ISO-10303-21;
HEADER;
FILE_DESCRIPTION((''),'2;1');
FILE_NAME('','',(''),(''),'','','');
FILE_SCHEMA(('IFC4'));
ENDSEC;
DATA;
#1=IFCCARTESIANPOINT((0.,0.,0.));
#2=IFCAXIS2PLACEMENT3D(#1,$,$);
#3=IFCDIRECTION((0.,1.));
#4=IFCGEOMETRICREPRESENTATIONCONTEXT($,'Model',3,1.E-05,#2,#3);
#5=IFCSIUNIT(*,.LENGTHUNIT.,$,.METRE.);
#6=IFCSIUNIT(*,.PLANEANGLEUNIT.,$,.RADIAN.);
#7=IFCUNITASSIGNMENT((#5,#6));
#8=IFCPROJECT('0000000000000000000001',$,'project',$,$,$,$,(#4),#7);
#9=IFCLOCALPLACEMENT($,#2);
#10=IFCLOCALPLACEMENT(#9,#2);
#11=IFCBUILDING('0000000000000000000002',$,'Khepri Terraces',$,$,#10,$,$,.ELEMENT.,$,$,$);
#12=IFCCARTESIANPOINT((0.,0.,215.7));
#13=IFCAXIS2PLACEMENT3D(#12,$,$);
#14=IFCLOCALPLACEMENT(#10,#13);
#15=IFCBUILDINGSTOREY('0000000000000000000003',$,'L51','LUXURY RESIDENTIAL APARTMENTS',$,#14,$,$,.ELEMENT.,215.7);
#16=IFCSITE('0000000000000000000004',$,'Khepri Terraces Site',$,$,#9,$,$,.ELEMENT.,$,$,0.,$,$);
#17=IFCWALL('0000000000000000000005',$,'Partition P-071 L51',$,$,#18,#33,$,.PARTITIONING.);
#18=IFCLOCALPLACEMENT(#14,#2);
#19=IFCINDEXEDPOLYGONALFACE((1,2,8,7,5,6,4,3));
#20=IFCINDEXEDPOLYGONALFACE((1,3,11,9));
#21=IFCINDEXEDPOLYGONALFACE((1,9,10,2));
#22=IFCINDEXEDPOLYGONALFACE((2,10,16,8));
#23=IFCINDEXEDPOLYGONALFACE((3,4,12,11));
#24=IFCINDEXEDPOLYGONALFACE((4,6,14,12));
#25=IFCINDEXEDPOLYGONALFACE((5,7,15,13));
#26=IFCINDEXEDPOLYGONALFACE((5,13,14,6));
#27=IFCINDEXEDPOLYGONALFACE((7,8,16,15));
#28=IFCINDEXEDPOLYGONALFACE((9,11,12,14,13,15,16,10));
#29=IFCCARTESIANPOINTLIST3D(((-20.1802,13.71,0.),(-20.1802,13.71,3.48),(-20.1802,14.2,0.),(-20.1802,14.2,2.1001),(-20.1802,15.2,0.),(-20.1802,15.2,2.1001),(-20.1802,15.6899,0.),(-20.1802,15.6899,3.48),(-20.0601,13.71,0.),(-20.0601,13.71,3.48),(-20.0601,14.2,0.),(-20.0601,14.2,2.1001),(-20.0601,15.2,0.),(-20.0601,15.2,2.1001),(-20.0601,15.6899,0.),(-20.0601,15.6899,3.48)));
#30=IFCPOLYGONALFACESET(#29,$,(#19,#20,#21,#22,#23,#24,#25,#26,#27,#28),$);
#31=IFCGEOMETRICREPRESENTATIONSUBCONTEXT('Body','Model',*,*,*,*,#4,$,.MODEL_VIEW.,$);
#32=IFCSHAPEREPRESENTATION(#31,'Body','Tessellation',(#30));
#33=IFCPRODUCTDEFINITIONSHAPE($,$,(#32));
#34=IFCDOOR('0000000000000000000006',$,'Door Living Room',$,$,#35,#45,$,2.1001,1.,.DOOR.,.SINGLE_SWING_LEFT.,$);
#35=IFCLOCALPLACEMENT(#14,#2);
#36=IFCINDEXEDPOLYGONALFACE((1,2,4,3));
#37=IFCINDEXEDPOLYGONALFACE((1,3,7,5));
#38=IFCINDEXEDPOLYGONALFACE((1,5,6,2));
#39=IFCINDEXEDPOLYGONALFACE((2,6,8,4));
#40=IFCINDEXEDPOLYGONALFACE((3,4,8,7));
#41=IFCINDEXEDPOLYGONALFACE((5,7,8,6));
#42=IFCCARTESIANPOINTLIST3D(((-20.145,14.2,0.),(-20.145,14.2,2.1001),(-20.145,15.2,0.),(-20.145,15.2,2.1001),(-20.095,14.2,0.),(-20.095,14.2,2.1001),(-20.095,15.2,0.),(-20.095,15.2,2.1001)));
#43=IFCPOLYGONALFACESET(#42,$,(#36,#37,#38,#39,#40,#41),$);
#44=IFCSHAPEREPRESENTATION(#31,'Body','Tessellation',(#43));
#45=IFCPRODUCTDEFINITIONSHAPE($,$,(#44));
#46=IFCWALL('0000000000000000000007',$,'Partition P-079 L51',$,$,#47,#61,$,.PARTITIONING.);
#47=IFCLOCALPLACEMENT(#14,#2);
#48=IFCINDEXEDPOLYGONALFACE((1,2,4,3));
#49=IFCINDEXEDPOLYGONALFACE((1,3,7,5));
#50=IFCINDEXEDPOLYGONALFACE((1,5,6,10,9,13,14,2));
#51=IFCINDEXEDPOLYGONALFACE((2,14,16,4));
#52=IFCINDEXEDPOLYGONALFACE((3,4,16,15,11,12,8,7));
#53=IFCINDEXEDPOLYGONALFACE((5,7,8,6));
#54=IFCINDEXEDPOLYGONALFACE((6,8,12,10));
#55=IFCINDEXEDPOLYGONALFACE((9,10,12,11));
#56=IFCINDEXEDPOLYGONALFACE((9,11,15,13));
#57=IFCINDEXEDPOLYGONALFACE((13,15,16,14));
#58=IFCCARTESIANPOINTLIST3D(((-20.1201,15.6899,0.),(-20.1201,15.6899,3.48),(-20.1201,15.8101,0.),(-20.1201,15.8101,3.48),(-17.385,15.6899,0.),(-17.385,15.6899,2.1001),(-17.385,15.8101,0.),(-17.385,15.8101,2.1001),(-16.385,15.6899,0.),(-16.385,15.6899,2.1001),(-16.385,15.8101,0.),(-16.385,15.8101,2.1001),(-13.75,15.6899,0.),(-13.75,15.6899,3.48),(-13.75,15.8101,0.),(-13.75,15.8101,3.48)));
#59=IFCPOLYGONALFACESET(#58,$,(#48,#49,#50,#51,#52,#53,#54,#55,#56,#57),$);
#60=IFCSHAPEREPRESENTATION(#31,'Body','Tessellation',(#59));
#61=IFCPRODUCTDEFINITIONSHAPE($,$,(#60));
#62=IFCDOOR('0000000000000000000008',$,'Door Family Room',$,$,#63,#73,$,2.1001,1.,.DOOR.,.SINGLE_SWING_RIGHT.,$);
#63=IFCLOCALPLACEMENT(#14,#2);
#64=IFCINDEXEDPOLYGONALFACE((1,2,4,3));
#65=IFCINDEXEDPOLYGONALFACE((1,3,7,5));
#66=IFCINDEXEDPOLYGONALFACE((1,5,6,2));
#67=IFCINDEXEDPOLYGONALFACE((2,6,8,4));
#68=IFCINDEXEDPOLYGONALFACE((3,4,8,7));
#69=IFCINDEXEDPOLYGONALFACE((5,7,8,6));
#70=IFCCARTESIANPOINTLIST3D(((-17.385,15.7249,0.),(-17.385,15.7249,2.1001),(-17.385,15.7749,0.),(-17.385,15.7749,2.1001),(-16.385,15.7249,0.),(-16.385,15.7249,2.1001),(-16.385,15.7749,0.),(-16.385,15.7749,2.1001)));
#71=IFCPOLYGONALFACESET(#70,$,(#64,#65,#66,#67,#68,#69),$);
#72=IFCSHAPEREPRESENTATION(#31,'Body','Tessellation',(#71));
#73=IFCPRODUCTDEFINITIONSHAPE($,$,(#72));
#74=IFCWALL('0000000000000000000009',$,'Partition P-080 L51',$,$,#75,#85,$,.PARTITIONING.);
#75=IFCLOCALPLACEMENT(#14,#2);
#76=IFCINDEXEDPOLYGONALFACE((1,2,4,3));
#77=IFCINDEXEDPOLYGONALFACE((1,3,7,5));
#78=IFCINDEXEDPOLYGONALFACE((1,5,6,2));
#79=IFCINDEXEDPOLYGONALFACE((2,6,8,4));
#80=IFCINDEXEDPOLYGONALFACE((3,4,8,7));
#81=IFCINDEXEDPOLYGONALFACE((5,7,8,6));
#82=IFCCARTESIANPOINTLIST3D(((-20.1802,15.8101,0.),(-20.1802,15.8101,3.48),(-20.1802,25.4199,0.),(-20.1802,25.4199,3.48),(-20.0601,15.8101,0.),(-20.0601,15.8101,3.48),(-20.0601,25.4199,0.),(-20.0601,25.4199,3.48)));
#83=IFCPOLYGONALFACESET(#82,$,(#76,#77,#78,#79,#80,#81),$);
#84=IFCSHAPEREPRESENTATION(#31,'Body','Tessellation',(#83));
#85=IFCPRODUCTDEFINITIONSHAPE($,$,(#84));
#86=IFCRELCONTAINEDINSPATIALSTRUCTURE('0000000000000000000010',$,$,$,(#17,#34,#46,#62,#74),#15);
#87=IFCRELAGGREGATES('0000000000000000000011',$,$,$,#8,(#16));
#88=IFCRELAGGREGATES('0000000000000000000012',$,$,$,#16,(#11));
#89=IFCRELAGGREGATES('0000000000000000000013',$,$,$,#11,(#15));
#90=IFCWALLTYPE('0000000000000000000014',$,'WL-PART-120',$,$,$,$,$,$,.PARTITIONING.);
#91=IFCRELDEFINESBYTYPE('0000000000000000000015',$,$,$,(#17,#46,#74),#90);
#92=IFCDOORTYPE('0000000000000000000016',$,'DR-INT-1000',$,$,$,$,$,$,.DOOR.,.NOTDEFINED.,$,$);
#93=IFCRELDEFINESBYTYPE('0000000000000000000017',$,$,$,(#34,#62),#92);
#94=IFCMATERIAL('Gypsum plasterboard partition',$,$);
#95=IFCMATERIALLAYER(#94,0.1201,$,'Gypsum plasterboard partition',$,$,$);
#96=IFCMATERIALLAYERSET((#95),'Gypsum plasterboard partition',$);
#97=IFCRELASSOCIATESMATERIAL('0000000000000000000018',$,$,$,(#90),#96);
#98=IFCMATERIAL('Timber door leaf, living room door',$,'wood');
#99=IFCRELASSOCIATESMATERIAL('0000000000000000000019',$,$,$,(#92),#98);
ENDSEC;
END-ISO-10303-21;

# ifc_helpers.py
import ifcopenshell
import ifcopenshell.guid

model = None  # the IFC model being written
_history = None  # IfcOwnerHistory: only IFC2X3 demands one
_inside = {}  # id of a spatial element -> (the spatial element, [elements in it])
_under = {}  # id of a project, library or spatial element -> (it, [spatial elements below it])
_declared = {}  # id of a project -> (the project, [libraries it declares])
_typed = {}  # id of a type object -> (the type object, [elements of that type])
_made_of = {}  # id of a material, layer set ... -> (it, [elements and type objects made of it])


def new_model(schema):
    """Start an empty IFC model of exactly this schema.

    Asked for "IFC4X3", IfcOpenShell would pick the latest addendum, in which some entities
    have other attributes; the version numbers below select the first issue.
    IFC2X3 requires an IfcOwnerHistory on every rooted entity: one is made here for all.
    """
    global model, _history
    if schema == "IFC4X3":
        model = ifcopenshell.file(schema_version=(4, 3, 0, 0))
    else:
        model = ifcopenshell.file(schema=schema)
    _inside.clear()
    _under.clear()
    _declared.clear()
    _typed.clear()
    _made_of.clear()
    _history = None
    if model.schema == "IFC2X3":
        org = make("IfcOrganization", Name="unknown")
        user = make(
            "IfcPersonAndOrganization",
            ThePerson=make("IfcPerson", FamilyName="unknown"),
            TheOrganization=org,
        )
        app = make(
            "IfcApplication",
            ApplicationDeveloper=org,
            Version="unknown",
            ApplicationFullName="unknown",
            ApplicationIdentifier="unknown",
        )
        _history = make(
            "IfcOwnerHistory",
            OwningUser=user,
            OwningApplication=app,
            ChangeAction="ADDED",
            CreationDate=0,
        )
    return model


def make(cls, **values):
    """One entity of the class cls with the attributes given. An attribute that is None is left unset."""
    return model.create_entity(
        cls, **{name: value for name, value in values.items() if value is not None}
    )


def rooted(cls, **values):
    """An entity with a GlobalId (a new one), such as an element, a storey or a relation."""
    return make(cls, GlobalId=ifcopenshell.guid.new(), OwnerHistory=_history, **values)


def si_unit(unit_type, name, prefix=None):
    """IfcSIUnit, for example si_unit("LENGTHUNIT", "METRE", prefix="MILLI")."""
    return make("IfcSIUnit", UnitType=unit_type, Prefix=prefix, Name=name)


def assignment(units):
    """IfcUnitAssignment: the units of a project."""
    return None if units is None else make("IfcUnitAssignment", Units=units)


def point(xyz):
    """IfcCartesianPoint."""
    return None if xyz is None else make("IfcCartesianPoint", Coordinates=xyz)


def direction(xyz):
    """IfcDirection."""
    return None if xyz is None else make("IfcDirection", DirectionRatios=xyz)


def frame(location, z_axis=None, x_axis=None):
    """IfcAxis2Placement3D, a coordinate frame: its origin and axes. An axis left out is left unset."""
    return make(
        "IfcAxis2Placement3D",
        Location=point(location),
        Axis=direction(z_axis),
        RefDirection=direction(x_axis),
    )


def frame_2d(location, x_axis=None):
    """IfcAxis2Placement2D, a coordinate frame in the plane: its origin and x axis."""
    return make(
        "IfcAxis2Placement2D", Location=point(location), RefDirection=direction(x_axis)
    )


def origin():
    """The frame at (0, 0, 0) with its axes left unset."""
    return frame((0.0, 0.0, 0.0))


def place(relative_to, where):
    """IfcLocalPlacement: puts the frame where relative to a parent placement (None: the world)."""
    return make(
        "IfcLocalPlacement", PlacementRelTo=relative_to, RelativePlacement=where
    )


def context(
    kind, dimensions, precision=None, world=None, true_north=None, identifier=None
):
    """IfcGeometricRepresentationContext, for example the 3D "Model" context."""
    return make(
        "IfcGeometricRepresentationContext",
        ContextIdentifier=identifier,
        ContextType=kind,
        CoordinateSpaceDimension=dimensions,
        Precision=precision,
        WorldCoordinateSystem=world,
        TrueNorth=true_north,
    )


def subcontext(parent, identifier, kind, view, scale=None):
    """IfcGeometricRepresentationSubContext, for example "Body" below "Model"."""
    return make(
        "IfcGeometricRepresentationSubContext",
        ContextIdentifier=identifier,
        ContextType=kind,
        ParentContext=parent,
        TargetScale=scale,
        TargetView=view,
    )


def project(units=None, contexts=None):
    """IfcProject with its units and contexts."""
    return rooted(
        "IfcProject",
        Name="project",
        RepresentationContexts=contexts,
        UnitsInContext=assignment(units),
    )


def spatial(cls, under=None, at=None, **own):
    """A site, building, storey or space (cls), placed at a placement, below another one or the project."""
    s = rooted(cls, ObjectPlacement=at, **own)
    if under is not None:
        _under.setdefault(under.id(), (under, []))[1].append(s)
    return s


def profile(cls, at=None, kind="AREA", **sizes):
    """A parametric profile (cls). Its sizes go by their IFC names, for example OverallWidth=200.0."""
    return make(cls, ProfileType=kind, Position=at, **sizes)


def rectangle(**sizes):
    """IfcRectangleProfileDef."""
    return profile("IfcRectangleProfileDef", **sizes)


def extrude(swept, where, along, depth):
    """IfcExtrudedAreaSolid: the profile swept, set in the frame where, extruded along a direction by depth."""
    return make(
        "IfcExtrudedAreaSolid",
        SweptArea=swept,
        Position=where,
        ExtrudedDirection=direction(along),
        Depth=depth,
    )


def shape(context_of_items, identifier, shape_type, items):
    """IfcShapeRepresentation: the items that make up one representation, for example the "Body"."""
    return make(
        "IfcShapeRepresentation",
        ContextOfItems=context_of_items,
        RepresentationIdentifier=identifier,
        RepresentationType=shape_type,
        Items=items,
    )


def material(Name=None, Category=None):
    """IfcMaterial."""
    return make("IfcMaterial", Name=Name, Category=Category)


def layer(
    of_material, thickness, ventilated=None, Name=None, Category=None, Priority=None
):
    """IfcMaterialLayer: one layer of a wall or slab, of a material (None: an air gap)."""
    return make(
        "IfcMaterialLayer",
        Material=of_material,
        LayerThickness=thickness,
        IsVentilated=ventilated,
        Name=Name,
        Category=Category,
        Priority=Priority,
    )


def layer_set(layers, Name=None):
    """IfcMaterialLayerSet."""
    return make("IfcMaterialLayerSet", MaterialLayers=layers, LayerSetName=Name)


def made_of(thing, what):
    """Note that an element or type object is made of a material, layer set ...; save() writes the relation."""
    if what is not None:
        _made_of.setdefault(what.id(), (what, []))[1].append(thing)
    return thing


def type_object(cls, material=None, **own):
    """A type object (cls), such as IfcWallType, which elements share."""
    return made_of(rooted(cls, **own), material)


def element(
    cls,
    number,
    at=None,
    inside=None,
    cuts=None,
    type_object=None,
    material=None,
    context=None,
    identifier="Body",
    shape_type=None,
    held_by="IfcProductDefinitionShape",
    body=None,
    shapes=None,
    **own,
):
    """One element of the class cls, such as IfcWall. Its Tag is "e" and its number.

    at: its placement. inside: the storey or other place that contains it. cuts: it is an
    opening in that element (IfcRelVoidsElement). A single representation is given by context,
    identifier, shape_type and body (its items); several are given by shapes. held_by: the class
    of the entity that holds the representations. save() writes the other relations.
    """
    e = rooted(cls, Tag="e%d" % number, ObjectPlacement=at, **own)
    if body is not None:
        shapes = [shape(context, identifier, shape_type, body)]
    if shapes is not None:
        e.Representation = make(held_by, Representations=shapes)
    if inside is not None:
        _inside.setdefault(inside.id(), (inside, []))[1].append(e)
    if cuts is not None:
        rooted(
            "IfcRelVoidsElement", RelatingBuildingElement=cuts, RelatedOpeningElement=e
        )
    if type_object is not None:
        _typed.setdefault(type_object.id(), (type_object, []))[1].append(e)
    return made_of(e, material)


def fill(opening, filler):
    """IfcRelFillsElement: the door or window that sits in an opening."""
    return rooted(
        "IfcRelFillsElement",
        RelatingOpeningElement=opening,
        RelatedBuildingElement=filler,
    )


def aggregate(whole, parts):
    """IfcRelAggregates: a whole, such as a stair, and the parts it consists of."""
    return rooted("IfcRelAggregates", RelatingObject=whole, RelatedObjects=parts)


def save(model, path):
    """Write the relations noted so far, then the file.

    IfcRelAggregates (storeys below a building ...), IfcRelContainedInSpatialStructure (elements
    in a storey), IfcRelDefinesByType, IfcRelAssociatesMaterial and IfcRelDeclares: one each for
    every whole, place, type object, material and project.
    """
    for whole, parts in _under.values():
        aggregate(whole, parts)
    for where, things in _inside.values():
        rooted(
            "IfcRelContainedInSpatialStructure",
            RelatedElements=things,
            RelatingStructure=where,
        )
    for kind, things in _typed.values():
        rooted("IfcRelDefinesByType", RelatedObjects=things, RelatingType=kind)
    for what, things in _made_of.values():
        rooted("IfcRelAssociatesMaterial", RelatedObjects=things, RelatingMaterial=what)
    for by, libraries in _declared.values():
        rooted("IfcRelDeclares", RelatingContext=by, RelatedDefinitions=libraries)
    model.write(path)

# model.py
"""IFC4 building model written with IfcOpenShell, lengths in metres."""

from ifc_helpers import new_model, si_unit, direction, frame, frame_2d, origin, place, context, subcontext, project, spatial, rectangle, extrude, material, layer, layer_set, type_object, element, fill, save


model = new_model("IFC4")

# Units and contexts
model_context = context("Model", 3, precision=1e-05, world=origin(), true_north=direction((0.0, 1.0)))
body_context = subcontext(model_context, "Body", "Model", "MODEL_VIEW")
ifc_project = project(units=[si_unit("LENGTHUNIT", "METRE"), si_unit("PLANEANGLEUNIT", "RADIAN")], contexts=[model_context])

# Site, building, storey
site_placement = place(None, origin())
site = spatial("IfcSite", under=ifc_project, at=site_placement, Name="Khepri Terraces Site", CompositionType="ELEMENT", RefElevation=0.0)
building_placement = place(site_placement, origin())
building = spatial("IfcBuilding", under=site, at=building_placement, Name="Khepri Terraces", CompositionType="ELEMENT")
storey_placement = place(building_placement, frame((0.0, 0.0, 215.7)))
storey = spatial("IfcBuildingStorey", under=building, at=storey_placement, Name="L51", Description="LUXURY RESIDENTIAL APARTMENTS", CompositionType="ELEMENT", Elevation=215.7)

# Shared definitions
ifc_material_1 = material(Name="Gypsum plasterboard partition")
ifc_layer_1 = layer(ifc_material_1, 0.1201, Name="Gypsum plasterboard partition")
ifc_layer_set_1 = layer_set([ifc_layer_1], Name="Gypsum plasterboard partition")
wall_type_1 = type_object("IfcWallType", Name="WL-PART-120", PredefinedType="PARTITIONING", material=ifc_layer_set_1)

# Walls, openings, doors
wall_1_placement = place(storey_placement, frame((-20.1201, 13.71, 0.0), z_axis=(0.0, 0.0, 1.0), x_axis=(0.0, 1.0, 0.0)))
wall_1 = element("IfcWall", 1, at=wall_1_placement, inside=storey, type_object=wall_type_1, Name="Partition P-071 L51", PredefinedType="PARTITIONING", context=body_context, shape_type="SweptSolid", body=[
    extrude(rectangle(XDim=1.98, YDim=0.1201, at=frame_2d((0.99, 0.0))), origin(), (0.0, 0.0, 1.0), 3.48),
])
opening_1_placement = place(wall_1_placement, frame((0.49, 0.0, 0.0)))
opening_1 = element("IfcOpeningElement", 2, at=opening_1_placement, cuts=wall_1, PredefinedType="OPENING", context=body_context, shape_type="SweptSolid", body=[
    extrude(rectangle(XDim=1.0, YDim=2.1001, at=frame_2d((0.5, 1.05))), frame((0.0, 0.0701, 0.0), z_axis=(0.0, -1.0, 0.0), x_axis=(1.0, 0.0, 0.0)), (0.0, 0.0, 1.0), 0.1401),
])
ifc_material_2 = material(Name="Timber door leaf, living room door", Category="wood")
door_type_1 = type_object("IfcDoorType", Name="DR-INT-1000", OperationType="NOTDEFINED", PredefinedType="DOOR", material=ifc_material_2)
door_1_placement = place(opening_1_placement, origin())
door_1 = element("IfcDoor", 3, at=door_1_placement, inside=storey, type_object=door_type_1, Name="Door Living Room", OperationType="SINGLE_SWING_LEFT", OverallHeight=2.1001, OverallWidth=1.0, PredefinedType="DOOR", context=body_context, shape_type="SweptSolid", body=[
    extrude(rectangle(XDim=1.0, YDim=2.1001, at=frame_2d((0.5, 1.05))), frame((0.0, 0.0249, 0.0), z_axis=(0.0, -1.0, 0.0), x_axis=(1.0, 0.0, 0.0)), (0.0, 0.0, 1.0), 0.05),
])
fill(opening_1, door_1)
wall_2_placement = place(storey_placement, frame((-20.1201, 15.75, 0.0), z_axis=(0.0, 0.0, 1.0), x_axis=(1.0, 0.0, 0.0)))
wall_2 = element("IfcWall", 4, at=wall_2_placement, inside=storey, type_object=wall_type_1, Name="Partition P-079 L51", PredefinedType="PARTITIONING", context=body_context, shape_type="SweptSolid", body=[
    extrude(rectangle(XDim=6.3701, YDim=0.1201, at=frame_2d((3.1851, 0.0))), origin(), (0.0, 0.0, 1.0), 3.48),
])
opening_2_placement = place(wall_2_placement, frame((2.7351, 0.0, 0.0)))
opening_2 = element("IfcOpeningElement", 5, at=opening_2_placement, cuts=wall_2, PredefinedType="OPENING", context=body_context, shape_type="SweptSolid", body=[
    extrude(rectangle(XDim=1.0, YDim=2.1001, at=frame_2d((0.5, 1.05))), frame((0.0, 0.0701, 0.0), z_axis=(0.0, -1.0, 0.0), x_axis=(1.0, 0.0, 0.0)), (0.0, 0.0, 1.0), 0.1401),
])
door_2_placement = place(opening_2_placement, origin())
door_2 = element("IfcDoor", 6, at=door_2_placement, inside=storey, type_object=door_type_1, Name="Door Family Room", OperationType="SINGLE_SWING_RIGHT", OverallHeight=2.1001, OverallWidth=1.0, PredefinedType="DOOR", context=body_context, shape_type="SweptSolid", body=[
    extrude(rectangle(XDim=1.0, YDim=2.1001, at=frame_2d((0.5, 1.05))), frame((0.0, 0.0249, 0.0), z_axis=(0.0, -1.0, 0.0), x_axis=(1.0, 0.0, 0.0)), (0.0, 0.0, 1.0), 0.05),
])
fill(opening_2, door_2)

# Wall
wall_3_placement = place(storey_placement, frame((-20.1201, 15.8101, 0.0), z_axis=(0.0, 0.0, 1.0), x_axis=(0.0, 1.0, 0.0)))
element("IfcWall", 7, at=wall_3_placement, inside=storey, type_object=wall_type_1, Name="Partition P-080 L51", PredefinedType="PARTITIONING", context=body_context, shape_type="SweptSolid", body=[
    extrude(rectangle(XDim=9.6099, YDim=0.1201, at=frame_2d((4.8049, 0.0))), origin(), (0.0, 0.0, 1.0), 3.48),
])

save(model, "model.ifc")
